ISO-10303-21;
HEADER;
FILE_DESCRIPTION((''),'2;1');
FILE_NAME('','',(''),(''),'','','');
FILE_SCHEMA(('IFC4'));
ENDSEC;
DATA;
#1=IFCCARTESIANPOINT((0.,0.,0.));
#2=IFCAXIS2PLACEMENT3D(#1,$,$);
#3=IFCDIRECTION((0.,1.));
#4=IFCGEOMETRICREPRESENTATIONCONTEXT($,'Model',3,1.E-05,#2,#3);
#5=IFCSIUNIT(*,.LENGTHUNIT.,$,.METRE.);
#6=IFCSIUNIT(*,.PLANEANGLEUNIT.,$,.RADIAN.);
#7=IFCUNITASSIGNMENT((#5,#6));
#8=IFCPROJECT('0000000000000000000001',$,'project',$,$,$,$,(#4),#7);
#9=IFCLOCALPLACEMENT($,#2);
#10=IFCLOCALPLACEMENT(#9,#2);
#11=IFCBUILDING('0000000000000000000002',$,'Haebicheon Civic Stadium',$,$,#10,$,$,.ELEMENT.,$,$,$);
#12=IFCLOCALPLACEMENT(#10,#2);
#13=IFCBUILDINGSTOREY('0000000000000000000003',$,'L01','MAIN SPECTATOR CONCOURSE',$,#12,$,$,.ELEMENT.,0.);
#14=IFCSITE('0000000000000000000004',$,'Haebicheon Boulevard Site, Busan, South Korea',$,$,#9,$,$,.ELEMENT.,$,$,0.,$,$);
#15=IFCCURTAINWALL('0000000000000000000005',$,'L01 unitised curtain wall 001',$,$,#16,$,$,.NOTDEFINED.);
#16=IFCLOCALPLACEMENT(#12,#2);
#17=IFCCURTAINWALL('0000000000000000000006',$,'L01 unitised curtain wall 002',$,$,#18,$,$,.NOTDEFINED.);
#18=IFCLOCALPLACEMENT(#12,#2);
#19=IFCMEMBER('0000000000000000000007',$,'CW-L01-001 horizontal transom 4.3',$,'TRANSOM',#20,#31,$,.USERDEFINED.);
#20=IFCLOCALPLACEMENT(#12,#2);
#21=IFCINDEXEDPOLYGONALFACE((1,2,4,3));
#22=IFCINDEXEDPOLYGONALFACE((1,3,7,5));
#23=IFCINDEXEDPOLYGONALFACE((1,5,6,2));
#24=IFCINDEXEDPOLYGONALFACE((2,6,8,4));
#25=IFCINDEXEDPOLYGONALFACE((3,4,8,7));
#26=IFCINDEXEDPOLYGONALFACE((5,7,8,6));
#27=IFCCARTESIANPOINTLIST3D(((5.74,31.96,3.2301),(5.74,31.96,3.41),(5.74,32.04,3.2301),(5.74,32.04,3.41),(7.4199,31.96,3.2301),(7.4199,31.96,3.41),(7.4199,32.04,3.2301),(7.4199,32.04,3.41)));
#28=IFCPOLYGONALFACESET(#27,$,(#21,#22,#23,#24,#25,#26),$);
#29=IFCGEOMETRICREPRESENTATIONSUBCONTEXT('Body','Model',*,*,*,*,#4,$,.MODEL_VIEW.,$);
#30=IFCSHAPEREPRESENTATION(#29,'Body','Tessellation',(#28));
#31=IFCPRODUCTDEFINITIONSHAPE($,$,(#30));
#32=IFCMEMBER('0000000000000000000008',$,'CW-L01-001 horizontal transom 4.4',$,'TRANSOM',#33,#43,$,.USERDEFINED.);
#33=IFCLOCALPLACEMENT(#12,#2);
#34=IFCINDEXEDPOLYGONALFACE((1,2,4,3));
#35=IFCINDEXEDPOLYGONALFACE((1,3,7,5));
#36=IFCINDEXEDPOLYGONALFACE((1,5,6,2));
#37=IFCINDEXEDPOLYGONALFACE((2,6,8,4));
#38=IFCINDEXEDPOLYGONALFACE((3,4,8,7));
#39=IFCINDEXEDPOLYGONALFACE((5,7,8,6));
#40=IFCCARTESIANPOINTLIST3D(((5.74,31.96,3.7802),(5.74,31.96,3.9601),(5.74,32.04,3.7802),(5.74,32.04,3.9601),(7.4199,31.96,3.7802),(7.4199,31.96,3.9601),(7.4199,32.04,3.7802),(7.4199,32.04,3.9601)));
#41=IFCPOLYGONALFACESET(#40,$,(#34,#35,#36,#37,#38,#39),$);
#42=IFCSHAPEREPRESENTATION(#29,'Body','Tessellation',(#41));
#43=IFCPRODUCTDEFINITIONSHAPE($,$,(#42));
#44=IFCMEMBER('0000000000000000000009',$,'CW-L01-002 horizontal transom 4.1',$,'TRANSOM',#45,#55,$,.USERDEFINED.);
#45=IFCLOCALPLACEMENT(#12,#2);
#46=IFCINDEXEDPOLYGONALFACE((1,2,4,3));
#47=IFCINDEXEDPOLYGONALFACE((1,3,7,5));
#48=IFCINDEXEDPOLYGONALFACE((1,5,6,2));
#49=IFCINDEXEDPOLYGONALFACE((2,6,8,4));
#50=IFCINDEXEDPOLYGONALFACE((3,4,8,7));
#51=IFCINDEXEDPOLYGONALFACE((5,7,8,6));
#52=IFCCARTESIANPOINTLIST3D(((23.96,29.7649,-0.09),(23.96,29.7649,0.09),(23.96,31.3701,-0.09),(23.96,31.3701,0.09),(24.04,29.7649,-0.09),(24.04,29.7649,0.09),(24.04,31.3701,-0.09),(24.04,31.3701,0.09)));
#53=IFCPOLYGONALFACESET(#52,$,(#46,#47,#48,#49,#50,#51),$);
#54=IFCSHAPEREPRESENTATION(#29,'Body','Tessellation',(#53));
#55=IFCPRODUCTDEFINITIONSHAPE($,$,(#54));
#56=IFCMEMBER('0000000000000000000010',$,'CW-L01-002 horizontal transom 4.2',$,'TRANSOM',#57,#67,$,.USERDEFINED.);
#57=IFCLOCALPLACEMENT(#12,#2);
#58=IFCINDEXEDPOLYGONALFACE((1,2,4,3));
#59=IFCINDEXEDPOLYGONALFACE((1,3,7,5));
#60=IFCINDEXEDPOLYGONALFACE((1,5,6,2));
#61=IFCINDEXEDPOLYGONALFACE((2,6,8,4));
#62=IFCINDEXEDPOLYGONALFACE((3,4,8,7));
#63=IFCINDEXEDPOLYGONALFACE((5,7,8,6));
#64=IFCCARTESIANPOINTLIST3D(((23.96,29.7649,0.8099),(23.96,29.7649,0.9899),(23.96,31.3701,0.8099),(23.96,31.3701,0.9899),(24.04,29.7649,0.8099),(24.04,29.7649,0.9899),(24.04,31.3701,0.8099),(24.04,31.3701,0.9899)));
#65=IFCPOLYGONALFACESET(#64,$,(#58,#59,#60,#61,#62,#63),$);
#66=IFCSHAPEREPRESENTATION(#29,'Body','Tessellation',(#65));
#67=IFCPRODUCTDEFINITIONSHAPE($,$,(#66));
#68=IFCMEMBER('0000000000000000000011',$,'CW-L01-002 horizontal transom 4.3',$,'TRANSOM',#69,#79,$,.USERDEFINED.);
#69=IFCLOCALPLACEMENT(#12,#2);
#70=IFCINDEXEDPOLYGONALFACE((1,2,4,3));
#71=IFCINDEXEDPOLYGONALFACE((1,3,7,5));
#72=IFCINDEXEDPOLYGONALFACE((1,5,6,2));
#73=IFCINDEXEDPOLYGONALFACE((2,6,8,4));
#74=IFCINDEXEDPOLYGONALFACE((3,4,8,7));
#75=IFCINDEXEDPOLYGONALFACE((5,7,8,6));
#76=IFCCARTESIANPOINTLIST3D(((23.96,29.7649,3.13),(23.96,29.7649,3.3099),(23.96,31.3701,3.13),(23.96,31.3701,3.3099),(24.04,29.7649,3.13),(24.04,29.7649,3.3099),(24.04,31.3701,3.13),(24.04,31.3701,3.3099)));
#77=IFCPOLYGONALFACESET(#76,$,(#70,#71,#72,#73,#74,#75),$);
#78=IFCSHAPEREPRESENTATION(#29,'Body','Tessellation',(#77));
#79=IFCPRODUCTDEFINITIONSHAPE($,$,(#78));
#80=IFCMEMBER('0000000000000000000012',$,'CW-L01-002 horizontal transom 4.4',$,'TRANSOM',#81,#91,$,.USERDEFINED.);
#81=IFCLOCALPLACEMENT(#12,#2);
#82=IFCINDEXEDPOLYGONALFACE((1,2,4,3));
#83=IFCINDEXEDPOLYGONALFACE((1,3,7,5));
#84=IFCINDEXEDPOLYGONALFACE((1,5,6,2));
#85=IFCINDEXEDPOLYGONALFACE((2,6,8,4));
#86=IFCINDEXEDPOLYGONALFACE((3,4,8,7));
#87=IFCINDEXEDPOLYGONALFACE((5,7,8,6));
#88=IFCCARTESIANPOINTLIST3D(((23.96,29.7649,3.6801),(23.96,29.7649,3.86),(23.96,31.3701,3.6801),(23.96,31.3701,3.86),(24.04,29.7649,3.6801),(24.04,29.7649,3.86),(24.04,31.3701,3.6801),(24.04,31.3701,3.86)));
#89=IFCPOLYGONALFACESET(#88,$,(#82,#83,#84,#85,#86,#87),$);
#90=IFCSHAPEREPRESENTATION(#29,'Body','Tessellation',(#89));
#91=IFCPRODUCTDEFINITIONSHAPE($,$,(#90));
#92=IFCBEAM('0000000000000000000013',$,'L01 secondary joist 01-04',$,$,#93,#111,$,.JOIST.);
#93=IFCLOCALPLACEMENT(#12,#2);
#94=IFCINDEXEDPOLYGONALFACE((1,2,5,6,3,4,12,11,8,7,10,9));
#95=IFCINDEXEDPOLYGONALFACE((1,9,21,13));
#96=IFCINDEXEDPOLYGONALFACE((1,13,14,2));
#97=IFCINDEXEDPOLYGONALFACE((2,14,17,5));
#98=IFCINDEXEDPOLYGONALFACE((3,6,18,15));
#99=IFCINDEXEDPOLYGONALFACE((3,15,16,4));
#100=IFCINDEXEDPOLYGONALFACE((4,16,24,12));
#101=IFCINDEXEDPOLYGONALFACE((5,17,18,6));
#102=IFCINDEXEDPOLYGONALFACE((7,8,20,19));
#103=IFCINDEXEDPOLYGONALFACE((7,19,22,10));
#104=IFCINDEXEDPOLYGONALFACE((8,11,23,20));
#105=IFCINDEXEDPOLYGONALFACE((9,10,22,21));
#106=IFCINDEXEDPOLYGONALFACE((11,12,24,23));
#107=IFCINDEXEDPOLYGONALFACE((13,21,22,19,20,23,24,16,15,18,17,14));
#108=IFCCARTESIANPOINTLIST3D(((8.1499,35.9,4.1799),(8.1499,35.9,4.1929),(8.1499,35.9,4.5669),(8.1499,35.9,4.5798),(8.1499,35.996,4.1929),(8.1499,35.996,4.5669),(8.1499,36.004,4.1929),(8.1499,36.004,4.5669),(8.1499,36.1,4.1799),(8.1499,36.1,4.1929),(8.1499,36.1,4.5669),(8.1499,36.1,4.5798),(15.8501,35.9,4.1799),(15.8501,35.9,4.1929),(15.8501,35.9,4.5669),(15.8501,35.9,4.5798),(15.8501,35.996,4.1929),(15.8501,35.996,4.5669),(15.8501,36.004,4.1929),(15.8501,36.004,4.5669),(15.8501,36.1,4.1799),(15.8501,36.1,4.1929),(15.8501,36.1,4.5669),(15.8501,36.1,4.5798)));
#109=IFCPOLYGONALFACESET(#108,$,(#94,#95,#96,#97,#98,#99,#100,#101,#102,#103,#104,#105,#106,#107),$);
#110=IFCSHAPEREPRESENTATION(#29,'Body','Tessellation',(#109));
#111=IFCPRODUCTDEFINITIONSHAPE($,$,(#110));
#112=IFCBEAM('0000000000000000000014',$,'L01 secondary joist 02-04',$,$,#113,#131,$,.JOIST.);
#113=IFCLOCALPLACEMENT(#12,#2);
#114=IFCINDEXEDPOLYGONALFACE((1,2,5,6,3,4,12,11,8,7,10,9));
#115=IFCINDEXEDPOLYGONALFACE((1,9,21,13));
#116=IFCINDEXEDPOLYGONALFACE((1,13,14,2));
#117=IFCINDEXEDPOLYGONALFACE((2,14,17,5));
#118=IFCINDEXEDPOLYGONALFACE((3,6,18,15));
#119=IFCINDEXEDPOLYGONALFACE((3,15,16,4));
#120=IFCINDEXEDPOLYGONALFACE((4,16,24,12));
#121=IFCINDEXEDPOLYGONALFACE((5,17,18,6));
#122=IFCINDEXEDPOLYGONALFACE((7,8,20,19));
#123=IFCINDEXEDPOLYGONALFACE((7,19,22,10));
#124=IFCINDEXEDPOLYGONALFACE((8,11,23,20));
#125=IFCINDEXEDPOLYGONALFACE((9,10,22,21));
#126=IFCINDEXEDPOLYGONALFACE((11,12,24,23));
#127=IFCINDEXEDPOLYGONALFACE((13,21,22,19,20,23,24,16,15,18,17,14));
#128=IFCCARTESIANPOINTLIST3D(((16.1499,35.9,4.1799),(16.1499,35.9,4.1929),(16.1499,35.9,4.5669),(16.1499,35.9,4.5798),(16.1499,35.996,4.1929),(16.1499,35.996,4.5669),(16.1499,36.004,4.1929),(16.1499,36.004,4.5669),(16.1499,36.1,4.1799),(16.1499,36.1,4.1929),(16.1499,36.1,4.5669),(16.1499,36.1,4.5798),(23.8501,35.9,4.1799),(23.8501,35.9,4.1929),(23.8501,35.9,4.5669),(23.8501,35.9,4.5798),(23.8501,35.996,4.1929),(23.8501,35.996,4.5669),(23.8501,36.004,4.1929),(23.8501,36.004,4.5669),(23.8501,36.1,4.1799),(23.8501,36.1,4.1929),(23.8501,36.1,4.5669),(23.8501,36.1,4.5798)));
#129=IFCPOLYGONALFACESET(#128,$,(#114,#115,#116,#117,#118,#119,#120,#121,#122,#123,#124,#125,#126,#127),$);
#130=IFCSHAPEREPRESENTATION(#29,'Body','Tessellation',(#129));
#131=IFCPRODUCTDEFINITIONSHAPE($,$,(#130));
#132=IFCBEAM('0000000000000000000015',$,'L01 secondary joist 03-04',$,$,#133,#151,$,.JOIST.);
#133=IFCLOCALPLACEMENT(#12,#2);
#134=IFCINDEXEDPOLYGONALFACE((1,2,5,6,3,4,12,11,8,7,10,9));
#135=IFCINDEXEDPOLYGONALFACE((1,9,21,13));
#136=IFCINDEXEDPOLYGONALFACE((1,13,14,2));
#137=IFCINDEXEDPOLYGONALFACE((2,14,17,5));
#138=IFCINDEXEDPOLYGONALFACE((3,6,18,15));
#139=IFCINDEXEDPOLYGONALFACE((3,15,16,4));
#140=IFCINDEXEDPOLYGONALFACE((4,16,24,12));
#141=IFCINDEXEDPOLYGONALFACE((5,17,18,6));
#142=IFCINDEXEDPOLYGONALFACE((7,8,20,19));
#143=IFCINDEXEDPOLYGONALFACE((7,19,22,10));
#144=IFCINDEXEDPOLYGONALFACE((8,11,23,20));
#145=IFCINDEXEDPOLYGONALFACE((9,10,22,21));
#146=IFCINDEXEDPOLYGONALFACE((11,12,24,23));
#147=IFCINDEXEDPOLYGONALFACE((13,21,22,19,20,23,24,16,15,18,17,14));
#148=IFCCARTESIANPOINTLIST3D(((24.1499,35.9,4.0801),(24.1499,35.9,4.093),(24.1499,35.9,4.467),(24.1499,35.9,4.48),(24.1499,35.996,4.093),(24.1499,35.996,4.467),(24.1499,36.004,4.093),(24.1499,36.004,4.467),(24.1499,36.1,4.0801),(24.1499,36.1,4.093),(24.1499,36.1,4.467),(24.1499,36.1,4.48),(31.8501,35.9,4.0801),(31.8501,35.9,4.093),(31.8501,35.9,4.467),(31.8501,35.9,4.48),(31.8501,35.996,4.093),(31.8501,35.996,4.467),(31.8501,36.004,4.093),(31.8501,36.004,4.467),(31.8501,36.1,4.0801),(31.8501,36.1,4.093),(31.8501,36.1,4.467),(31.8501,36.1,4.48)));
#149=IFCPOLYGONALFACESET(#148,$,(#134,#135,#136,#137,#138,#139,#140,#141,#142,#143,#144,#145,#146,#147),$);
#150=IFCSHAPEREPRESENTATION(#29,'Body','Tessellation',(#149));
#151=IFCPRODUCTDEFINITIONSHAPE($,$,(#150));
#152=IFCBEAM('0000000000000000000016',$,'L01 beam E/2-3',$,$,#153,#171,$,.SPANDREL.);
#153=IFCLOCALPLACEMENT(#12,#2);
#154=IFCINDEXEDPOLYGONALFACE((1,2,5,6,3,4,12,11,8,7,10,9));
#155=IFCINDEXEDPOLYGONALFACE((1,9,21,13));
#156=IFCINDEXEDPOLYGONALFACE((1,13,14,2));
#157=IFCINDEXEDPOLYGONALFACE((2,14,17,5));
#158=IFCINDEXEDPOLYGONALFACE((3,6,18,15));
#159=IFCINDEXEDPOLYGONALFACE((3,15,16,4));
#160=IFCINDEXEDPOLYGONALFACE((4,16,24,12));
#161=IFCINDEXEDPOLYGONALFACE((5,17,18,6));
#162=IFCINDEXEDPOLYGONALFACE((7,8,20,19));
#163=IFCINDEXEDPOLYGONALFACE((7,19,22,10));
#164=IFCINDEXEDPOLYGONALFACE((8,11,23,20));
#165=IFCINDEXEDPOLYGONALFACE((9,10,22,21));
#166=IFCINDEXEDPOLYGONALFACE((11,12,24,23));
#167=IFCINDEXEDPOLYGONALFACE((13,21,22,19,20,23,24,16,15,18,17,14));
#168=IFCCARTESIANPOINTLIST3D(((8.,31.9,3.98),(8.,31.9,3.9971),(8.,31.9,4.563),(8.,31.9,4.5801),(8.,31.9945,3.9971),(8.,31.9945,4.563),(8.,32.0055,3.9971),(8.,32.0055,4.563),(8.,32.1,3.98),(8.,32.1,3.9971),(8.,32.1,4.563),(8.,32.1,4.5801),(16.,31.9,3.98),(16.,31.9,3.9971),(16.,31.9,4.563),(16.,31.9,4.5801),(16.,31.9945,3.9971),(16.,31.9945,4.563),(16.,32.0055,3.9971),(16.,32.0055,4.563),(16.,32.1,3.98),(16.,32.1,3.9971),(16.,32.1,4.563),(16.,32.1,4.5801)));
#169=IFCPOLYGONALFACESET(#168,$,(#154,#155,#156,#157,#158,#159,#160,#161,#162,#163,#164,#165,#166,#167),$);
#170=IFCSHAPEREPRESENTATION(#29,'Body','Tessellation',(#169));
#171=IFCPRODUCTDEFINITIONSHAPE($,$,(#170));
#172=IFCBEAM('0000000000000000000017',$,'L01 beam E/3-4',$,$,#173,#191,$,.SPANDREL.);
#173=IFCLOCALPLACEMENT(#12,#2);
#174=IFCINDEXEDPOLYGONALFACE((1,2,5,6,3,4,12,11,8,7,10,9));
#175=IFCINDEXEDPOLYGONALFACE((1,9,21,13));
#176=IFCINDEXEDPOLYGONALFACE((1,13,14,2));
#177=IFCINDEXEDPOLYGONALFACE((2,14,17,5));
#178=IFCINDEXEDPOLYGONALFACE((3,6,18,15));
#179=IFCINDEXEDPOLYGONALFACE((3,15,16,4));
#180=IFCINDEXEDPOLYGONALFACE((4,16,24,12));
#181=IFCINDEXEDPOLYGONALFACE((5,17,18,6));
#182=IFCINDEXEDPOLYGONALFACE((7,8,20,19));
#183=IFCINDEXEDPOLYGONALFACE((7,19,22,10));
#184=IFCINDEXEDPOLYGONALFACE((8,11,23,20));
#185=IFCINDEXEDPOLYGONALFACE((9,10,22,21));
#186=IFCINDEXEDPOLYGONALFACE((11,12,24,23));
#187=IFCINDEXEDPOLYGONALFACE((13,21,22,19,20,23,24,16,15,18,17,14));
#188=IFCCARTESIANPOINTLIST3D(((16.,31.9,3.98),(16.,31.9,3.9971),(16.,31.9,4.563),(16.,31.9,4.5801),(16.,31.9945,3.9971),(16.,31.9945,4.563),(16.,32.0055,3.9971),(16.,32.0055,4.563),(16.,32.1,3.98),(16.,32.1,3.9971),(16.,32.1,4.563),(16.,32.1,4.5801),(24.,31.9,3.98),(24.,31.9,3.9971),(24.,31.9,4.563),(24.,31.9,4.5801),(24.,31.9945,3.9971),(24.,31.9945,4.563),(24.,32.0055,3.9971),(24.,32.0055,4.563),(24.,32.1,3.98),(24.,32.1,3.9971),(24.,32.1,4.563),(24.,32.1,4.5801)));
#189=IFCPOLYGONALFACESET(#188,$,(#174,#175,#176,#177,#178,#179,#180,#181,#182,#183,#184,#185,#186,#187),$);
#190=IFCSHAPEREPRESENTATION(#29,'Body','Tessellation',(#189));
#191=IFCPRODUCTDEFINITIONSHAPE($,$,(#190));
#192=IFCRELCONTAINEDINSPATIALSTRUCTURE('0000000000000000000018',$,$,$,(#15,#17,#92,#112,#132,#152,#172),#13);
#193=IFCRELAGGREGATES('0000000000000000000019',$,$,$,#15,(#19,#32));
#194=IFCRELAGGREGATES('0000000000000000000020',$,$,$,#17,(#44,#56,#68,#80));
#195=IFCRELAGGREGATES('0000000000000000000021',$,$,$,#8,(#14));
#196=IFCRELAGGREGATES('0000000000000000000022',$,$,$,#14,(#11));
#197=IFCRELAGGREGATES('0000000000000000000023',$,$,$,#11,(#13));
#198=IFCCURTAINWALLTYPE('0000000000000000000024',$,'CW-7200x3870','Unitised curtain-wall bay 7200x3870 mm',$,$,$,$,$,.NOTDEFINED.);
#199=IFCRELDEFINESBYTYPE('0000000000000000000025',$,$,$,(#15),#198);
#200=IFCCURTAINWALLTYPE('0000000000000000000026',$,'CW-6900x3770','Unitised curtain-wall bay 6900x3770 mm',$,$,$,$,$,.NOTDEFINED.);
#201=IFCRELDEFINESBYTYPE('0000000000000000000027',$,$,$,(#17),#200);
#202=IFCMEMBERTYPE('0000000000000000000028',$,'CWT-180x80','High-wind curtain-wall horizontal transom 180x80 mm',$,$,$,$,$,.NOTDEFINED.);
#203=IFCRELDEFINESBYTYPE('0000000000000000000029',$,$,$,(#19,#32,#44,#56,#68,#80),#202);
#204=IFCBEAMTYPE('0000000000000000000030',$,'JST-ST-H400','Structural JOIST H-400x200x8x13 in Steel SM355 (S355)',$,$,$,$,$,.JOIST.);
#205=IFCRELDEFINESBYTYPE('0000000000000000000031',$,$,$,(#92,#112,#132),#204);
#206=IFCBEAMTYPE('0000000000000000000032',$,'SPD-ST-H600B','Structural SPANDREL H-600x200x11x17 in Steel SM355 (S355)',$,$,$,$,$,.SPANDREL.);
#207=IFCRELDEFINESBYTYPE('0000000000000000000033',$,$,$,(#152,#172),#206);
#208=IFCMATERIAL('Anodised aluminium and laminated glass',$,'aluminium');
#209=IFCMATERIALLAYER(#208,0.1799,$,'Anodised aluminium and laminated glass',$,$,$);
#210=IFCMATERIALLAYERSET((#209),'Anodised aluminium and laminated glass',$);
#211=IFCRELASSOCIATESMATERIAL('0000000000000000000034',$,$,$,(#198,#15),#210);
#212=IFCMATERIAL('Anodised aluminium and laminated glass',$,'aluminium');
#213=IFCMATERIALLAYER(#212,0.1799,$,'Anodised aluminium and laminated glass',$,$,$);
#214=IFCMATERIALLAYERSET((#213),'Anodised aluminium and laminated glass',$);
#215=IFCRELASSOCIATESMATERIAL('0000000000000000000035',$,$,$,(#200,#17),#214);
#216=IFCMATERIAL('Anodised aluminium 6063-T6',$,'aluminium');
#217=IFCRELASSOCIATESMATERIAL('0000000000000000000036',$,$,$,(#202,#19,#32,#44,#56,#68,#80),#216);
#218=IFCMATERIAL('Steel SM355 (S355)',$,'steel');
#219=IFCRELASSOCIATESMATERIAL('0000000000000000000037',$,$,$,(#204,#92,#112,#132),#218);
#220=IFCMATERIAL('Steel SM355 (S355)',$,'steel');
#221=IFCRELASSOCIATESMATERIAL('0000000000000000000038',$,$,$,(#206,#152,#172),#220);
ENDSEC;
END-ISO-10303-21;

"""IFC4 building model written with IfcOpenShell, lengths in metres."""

from ifc_helpers import new_model, si_unit, direction, frame, origin, origin_2d, place, context, subcontext, project, spatial, rectangle, i_section, extrude, material, layer, layer_set, material_profile, profile_set, type_object, element, aggregate, save


model = new_model("IFC4")

# Units and contexts
model_context = context("Model", 3, precision=1e-05, world=origin(), true_north=direction((0.0, 1.0)))
body_context = subcontext(model_context, "Body", "Model", "MODEL_VIEW")
ifc_project = project(units=[si_unit("LENGTHUNIT", "METRE"), si_unit("PLANEANGLEUNIT", "RADIAN")], contexts=[model_context])

# Site, building, storey
site_placement = place(None, origin())
site = spatial("IfcSite", under=ifc_project, at=site_placement, Name="Haebicheon Boulevard Site, Busan, South Korea", CompositionType="ELEMENT", RefElevation=0.0)
building_placement = place(site_placement, origin())
building = spatial("IfcBuilding", under=site, at=building_placement, Name="Haebicheon Civic Stadium", CompositionType="ELEMENT")
storey_placement = place(building_placement, origin())
storey = spatial("IfcBuildingStorey", under=building, at=storey_placement, Name="L01", Description="MAIN SPECTATOR CONCOURSE", CompositionType="ELEMENT", Elevation=0.0)

# Curtain wall
ifc_material_1 = material(Name="Anodised aluminium and laminated glass", Category="aluminium")
ifc_layer_1 = layer(ifc_material_1, 0.1799, Name="Anodised aluminium and laminated glass")
ifc_layer_set_1 = layer_set([ifc_layer_1], Name="Anodised aluminium and laminated glass")
curtain_wall_type_1 = type_object("IfcCurtainWallType", Name="CW-7200x3870", Description="Unitised curtain-wall bay 7200x3870 mm", PredefinedType="NOTDEFINED", material=ifc_layer_set_1)
curtain_wall_1_placement = place(storey_placement, origin())
curtain_wall_1 = element("IfcCurtainWall", 1, at=curtain_wall_1_placement, inside=storey, type_object=curtain_wall_type_1, material=ifc_layer_set_1, Name="L01 unitised curtain wall 001", PredefinedType="NOTDEFINED")

# Curtain wall
ifc_material_2 = material(Name="Anodised aluminium and laminated glass", Category="aluminium")
ifc_layer_2 = layer(ifc_material_2, 0.1799, Name="Anodised aluminium and laminated glass")
ifc_layer_set_2 = layer_set([ifc_layer_2], Name="Anodised aluminium and laminated glass")
curtain_wall_type_2 = type_object("IfcCurtainWallType", Name="CW-6900x3770", Description="Unitised curtain-wall bay 6900x3770 mm", PredefinedType="NOTDEFINED", material=ifc_layer_set_2)
curtain_wall_2_placement = place(storey_placement, origin())
curtain_wall_2 = element("IfcCurtainWall", 2, at=curtain_wall_2_placement, inside=storey, type_object=curtain_wall_type_2, material=ifc_layer_set_2, Name="L01 unitised curtain wall 002", PredefinedType="NOTDEFINED")

# Members
ifc_material_3 = material(Name="Anodised aluminium 6063-T6", Category="aluminium")
ifc_material_profile_1 = material_profile(ifc_material_3, rectangle(XDim=0.0801, YDim=0.1799, at=origin_2d()), Name="ALU-TRAN-80x180")
ifc_profile_set_1 = profile_set([ifc_material_profile_1], Name="Anodised aluminium 6063-T6")
member_type_1 = type_object("IfcMemberType", Name="CWT-180x80", Description="High-wind curtain-wall horizontal transom 180x80 mm", PredefinedType="NOTDEFINED", material=ifc_profile_set_1)
member_1_placement = place(storey_placement, frame((5.74, 32.0, 3.3201), z_axis=(1.0, 0.0, 0.0), x_axis=(0.0, 1.0, 0.0)))
member_1 = element("IfcMember", 3, at=member_1_placement, type_object=member_type_1, material=ifc_profile_set_1, Name="CW-L01-001 horizontal transom 4.3", ObjectType="TRANSOM", PredefinedType="USERDEFINED", context=body_context, shape_type="SweptSolid", body=[
    extrude(rectangle(XDim=0.0801, YDim=0.1799, at=origin_2d()), origin(), (0.0, 0.0, 1.0), 1.6799),
])
member_2_placement = place(storey_placement, frame((5.74, 32.0, 3.8701), z_axis=(1.0, 0.0, 0.0), x_axis=(0.0, 1.0, 0.0)))
member_2 = element("IfcMember", 4, at=member_2_placement, type_object=member_type_1, material=ifc_profile_set_1, Name="CW-L01-001 horizontal transom 4.4", ObjectType="TRANSOM", PredefinedType="USERDEFINED", context=body_context, shape_type="SweptSolid", body=[
    extrude(rectangle(XDim=0.0801, YDim=0.1799, at=origin_2d()), origin(), (0.0, 0.0, 1.0), 1.6799),
])
member_3_placement = place(storey_placement, frame((24.0, 29.7649, 0.0), z_axis=(0.0, 1.0, 0.0), x_axis=(-1.0, 0.0, 0.0)))
member_3 = element("IfcMember", 5, at=member_3_placement, type_object=member_type_1, material=ifc_profile_set_1, Name="CW-L01-002 horizontal transom 4.1", ObjectType="TRANSOM", PredefinedType="USERDEFINED", context=body_context, shape_type="SweptSolid", body=[
    extrude(rectangle(XDim=0.0801, YDim=0.1799, at=origin_2d()), origin(), (0.0, 0.0, 1.0), 1.6052),
])
member_4_placement = place(storey_placement, frame((24.0, 29.7649, 0.8999), z_axis=(0.0, 1.0, 0.0), x_axis=(-1.0, 0.0, 0.0)))
member_4 = element("IfcMember", 6, at=member_4_placement, type_object=member_type_1, material=ifc_profile_set_1, Name="CW-L01-002 horizontal transom 4.2", ObjectType="TRANSOM", PredefinedType="USERDEFINED", context=body_context, shape_type="SweptSolid", body=[
    extrude(rectangle(XDim=0.0801, YDim=0.1799, at=origin_2d()), origin(), (0.0, 0.0, 1.0), 1.6052),
])
member_5_placement = place(storey_placement, frame((24.0, 29.7649, 3.22), z_axis=(0.0, 1.0, 0.0), x_axis=(-1.0, 0.0, 0.0)))
member_5 = element("IfcMember", 7, at=member_5_placement, type_object=member_type_1, material=ifc_profile_set_1, Name="CW-L01-002 horizontal transom 4.3", ObjectType="TRANSOM", PredefinedType="USERDEFINED", context=body_context, shape_type="SweptSolid", body=[
    extrude(rectangle(XDim=0.0801, YDim=0.1799, at=origin_2d()), origin(), (0.0, 0.0, 1.0), 1.6052),
])
member_6_placement = place(storey_placement, frame((24.0, 29.7649, 3.77), z_axis=(0.0, 1.0, 0.0), x_axis=(-1.0, 0.0, 0.0)))
member_6 = element("IfcMember", 8, at=member_6_placement, type_object=member_type_1, material=ifc_profile_set_1, Name="CW-L01-002 horizontal transom 4.4", ObjectType="TRANSOM", PredefinedType="USERDEFINED", context=body_context, shape_type="SweptSolid", body=[
    extrude(rectangle(XDim=0.0801, YDim=0.1799, at=origin_2d()), origin(), (0.0, 0.0, 1.0), 1.6052),
])

# Beams
ifc_material_4 = material(Name="Steel SM355 (S355)", Category="steel")
ifc_material_profile_2 = material_profile(ifc_material_4, i_section(OverallWidth=0.2, OverallDepth=0.3999, WebThickness=0.0081, FlangeThickness=0.0129, at=origin_2d()), Name="H-400x200x8x13")
ifc_profile_set_2 = profile_set([ifc_material_profile_2], Name="Steel SM355 (S355)")
beam_type_1 = type_object("IfcBeamType", Name="JST-ST-H400", Description="Structural JOIST H-400x200x8x13 in Steel SM355 (S355)", PredefinedType="JOIST", material=ifc_profile_set_2)
for number, where, z_axis, x_axis, name in (
    (9, (8.1499, 36.0, 4.3799), (1.0, 0.0, 0.0), (0.0, 1.0, 0.0), "L01 secondary joist 01-04"),
    (10, (16.1499, 36.0, 4.3799), (1.0, 0.0, 0.0), (0.0, 1.0, 0.0), "L01 secondary joist 02-04"),
    (11, (24.1499, 36.0, 4.28), (1.0, 0.0, 0.0), (0.0, 1.0, 0.0), "L01 secondary joist 03-04"),
):
    element("IfcBeam", number, at=place(storey_placement, frame(where, z_axis=z_axis, x_axis=x_axis)), inside=storey, type_object=beam_type_1, material=ifc_profile_set_2, Name=name, PredefinedType="JOIST", context=body_context, shape_type="SweptSolid", body=[
        extrude(i_section(OverallWidth=0.2, OverallDepth=0.3999, WebThickness=0.0081, FlangeThickness=0.0129, at=origin_2d()), origin(), (0.0, 0.0, 1.0), 7.7002),
    ])
ifc_material_5 = material(Name="Steel SM355 (S355)", Category="steel")
ifc_material_profile_3 = material_profile(ifc_material_5, i_section(OverallWidth=0.2, OverallDepth=0.6001, WebThickness=0.011, FlangeThickness=0.0171, at=origin_2d()), Name="H-600x200x11x17")
ifc_profile_set_3 = profile_set([ifc_material_profile_3], Name="Steel SM355 (S355)")
beam_type_2 = type_object("IfcBeamType", Name="SPD-ST-H600B", Description="Structural SPANDREL H-600x200x11x17 in Steel SM355 (S355)", PredefinedType="SPANDREL", material=ifc_profile_set_3)
for number, where, z_axis, x_axis, name in (
    (12, (8.0, 32.0, 4.28), (1.0, 0.0, 0.0), (0.0, 1.0, 0.0), "L01 beam E/2-3"),
    (13, (16.0, 32.0, 4.28), (1.0, 0.0, 0.0), (0.0, 1.0, 0.0), "L01 beam E/3-4"),
):
    element("IfcBeam", number, at=place(storey_placement, frame(where, z_axis=z_axis, x_axis=x_axis)), inside=storey, type_object=beam_type_2, material=ifc_profile_set_3, Name=name, PredefinedType="SPANDREL", context=body_context, shape_type="SweptSolid", body=[
        extrude(i_section(OverallWidth=0.2, OverallDepth=0.6001, WebThickness=0.011, FlangeThickness=0.0171, at=origin_2d()), origin(), (0.0, 0.0, 1.0), 8.0),
    ])

aggregate(curtain_wall_1, [member_1, member_2])
aggregate(curtain_wall_2, [member_3, member_4, member_5, member_6])

save(model, "model.ifc")
